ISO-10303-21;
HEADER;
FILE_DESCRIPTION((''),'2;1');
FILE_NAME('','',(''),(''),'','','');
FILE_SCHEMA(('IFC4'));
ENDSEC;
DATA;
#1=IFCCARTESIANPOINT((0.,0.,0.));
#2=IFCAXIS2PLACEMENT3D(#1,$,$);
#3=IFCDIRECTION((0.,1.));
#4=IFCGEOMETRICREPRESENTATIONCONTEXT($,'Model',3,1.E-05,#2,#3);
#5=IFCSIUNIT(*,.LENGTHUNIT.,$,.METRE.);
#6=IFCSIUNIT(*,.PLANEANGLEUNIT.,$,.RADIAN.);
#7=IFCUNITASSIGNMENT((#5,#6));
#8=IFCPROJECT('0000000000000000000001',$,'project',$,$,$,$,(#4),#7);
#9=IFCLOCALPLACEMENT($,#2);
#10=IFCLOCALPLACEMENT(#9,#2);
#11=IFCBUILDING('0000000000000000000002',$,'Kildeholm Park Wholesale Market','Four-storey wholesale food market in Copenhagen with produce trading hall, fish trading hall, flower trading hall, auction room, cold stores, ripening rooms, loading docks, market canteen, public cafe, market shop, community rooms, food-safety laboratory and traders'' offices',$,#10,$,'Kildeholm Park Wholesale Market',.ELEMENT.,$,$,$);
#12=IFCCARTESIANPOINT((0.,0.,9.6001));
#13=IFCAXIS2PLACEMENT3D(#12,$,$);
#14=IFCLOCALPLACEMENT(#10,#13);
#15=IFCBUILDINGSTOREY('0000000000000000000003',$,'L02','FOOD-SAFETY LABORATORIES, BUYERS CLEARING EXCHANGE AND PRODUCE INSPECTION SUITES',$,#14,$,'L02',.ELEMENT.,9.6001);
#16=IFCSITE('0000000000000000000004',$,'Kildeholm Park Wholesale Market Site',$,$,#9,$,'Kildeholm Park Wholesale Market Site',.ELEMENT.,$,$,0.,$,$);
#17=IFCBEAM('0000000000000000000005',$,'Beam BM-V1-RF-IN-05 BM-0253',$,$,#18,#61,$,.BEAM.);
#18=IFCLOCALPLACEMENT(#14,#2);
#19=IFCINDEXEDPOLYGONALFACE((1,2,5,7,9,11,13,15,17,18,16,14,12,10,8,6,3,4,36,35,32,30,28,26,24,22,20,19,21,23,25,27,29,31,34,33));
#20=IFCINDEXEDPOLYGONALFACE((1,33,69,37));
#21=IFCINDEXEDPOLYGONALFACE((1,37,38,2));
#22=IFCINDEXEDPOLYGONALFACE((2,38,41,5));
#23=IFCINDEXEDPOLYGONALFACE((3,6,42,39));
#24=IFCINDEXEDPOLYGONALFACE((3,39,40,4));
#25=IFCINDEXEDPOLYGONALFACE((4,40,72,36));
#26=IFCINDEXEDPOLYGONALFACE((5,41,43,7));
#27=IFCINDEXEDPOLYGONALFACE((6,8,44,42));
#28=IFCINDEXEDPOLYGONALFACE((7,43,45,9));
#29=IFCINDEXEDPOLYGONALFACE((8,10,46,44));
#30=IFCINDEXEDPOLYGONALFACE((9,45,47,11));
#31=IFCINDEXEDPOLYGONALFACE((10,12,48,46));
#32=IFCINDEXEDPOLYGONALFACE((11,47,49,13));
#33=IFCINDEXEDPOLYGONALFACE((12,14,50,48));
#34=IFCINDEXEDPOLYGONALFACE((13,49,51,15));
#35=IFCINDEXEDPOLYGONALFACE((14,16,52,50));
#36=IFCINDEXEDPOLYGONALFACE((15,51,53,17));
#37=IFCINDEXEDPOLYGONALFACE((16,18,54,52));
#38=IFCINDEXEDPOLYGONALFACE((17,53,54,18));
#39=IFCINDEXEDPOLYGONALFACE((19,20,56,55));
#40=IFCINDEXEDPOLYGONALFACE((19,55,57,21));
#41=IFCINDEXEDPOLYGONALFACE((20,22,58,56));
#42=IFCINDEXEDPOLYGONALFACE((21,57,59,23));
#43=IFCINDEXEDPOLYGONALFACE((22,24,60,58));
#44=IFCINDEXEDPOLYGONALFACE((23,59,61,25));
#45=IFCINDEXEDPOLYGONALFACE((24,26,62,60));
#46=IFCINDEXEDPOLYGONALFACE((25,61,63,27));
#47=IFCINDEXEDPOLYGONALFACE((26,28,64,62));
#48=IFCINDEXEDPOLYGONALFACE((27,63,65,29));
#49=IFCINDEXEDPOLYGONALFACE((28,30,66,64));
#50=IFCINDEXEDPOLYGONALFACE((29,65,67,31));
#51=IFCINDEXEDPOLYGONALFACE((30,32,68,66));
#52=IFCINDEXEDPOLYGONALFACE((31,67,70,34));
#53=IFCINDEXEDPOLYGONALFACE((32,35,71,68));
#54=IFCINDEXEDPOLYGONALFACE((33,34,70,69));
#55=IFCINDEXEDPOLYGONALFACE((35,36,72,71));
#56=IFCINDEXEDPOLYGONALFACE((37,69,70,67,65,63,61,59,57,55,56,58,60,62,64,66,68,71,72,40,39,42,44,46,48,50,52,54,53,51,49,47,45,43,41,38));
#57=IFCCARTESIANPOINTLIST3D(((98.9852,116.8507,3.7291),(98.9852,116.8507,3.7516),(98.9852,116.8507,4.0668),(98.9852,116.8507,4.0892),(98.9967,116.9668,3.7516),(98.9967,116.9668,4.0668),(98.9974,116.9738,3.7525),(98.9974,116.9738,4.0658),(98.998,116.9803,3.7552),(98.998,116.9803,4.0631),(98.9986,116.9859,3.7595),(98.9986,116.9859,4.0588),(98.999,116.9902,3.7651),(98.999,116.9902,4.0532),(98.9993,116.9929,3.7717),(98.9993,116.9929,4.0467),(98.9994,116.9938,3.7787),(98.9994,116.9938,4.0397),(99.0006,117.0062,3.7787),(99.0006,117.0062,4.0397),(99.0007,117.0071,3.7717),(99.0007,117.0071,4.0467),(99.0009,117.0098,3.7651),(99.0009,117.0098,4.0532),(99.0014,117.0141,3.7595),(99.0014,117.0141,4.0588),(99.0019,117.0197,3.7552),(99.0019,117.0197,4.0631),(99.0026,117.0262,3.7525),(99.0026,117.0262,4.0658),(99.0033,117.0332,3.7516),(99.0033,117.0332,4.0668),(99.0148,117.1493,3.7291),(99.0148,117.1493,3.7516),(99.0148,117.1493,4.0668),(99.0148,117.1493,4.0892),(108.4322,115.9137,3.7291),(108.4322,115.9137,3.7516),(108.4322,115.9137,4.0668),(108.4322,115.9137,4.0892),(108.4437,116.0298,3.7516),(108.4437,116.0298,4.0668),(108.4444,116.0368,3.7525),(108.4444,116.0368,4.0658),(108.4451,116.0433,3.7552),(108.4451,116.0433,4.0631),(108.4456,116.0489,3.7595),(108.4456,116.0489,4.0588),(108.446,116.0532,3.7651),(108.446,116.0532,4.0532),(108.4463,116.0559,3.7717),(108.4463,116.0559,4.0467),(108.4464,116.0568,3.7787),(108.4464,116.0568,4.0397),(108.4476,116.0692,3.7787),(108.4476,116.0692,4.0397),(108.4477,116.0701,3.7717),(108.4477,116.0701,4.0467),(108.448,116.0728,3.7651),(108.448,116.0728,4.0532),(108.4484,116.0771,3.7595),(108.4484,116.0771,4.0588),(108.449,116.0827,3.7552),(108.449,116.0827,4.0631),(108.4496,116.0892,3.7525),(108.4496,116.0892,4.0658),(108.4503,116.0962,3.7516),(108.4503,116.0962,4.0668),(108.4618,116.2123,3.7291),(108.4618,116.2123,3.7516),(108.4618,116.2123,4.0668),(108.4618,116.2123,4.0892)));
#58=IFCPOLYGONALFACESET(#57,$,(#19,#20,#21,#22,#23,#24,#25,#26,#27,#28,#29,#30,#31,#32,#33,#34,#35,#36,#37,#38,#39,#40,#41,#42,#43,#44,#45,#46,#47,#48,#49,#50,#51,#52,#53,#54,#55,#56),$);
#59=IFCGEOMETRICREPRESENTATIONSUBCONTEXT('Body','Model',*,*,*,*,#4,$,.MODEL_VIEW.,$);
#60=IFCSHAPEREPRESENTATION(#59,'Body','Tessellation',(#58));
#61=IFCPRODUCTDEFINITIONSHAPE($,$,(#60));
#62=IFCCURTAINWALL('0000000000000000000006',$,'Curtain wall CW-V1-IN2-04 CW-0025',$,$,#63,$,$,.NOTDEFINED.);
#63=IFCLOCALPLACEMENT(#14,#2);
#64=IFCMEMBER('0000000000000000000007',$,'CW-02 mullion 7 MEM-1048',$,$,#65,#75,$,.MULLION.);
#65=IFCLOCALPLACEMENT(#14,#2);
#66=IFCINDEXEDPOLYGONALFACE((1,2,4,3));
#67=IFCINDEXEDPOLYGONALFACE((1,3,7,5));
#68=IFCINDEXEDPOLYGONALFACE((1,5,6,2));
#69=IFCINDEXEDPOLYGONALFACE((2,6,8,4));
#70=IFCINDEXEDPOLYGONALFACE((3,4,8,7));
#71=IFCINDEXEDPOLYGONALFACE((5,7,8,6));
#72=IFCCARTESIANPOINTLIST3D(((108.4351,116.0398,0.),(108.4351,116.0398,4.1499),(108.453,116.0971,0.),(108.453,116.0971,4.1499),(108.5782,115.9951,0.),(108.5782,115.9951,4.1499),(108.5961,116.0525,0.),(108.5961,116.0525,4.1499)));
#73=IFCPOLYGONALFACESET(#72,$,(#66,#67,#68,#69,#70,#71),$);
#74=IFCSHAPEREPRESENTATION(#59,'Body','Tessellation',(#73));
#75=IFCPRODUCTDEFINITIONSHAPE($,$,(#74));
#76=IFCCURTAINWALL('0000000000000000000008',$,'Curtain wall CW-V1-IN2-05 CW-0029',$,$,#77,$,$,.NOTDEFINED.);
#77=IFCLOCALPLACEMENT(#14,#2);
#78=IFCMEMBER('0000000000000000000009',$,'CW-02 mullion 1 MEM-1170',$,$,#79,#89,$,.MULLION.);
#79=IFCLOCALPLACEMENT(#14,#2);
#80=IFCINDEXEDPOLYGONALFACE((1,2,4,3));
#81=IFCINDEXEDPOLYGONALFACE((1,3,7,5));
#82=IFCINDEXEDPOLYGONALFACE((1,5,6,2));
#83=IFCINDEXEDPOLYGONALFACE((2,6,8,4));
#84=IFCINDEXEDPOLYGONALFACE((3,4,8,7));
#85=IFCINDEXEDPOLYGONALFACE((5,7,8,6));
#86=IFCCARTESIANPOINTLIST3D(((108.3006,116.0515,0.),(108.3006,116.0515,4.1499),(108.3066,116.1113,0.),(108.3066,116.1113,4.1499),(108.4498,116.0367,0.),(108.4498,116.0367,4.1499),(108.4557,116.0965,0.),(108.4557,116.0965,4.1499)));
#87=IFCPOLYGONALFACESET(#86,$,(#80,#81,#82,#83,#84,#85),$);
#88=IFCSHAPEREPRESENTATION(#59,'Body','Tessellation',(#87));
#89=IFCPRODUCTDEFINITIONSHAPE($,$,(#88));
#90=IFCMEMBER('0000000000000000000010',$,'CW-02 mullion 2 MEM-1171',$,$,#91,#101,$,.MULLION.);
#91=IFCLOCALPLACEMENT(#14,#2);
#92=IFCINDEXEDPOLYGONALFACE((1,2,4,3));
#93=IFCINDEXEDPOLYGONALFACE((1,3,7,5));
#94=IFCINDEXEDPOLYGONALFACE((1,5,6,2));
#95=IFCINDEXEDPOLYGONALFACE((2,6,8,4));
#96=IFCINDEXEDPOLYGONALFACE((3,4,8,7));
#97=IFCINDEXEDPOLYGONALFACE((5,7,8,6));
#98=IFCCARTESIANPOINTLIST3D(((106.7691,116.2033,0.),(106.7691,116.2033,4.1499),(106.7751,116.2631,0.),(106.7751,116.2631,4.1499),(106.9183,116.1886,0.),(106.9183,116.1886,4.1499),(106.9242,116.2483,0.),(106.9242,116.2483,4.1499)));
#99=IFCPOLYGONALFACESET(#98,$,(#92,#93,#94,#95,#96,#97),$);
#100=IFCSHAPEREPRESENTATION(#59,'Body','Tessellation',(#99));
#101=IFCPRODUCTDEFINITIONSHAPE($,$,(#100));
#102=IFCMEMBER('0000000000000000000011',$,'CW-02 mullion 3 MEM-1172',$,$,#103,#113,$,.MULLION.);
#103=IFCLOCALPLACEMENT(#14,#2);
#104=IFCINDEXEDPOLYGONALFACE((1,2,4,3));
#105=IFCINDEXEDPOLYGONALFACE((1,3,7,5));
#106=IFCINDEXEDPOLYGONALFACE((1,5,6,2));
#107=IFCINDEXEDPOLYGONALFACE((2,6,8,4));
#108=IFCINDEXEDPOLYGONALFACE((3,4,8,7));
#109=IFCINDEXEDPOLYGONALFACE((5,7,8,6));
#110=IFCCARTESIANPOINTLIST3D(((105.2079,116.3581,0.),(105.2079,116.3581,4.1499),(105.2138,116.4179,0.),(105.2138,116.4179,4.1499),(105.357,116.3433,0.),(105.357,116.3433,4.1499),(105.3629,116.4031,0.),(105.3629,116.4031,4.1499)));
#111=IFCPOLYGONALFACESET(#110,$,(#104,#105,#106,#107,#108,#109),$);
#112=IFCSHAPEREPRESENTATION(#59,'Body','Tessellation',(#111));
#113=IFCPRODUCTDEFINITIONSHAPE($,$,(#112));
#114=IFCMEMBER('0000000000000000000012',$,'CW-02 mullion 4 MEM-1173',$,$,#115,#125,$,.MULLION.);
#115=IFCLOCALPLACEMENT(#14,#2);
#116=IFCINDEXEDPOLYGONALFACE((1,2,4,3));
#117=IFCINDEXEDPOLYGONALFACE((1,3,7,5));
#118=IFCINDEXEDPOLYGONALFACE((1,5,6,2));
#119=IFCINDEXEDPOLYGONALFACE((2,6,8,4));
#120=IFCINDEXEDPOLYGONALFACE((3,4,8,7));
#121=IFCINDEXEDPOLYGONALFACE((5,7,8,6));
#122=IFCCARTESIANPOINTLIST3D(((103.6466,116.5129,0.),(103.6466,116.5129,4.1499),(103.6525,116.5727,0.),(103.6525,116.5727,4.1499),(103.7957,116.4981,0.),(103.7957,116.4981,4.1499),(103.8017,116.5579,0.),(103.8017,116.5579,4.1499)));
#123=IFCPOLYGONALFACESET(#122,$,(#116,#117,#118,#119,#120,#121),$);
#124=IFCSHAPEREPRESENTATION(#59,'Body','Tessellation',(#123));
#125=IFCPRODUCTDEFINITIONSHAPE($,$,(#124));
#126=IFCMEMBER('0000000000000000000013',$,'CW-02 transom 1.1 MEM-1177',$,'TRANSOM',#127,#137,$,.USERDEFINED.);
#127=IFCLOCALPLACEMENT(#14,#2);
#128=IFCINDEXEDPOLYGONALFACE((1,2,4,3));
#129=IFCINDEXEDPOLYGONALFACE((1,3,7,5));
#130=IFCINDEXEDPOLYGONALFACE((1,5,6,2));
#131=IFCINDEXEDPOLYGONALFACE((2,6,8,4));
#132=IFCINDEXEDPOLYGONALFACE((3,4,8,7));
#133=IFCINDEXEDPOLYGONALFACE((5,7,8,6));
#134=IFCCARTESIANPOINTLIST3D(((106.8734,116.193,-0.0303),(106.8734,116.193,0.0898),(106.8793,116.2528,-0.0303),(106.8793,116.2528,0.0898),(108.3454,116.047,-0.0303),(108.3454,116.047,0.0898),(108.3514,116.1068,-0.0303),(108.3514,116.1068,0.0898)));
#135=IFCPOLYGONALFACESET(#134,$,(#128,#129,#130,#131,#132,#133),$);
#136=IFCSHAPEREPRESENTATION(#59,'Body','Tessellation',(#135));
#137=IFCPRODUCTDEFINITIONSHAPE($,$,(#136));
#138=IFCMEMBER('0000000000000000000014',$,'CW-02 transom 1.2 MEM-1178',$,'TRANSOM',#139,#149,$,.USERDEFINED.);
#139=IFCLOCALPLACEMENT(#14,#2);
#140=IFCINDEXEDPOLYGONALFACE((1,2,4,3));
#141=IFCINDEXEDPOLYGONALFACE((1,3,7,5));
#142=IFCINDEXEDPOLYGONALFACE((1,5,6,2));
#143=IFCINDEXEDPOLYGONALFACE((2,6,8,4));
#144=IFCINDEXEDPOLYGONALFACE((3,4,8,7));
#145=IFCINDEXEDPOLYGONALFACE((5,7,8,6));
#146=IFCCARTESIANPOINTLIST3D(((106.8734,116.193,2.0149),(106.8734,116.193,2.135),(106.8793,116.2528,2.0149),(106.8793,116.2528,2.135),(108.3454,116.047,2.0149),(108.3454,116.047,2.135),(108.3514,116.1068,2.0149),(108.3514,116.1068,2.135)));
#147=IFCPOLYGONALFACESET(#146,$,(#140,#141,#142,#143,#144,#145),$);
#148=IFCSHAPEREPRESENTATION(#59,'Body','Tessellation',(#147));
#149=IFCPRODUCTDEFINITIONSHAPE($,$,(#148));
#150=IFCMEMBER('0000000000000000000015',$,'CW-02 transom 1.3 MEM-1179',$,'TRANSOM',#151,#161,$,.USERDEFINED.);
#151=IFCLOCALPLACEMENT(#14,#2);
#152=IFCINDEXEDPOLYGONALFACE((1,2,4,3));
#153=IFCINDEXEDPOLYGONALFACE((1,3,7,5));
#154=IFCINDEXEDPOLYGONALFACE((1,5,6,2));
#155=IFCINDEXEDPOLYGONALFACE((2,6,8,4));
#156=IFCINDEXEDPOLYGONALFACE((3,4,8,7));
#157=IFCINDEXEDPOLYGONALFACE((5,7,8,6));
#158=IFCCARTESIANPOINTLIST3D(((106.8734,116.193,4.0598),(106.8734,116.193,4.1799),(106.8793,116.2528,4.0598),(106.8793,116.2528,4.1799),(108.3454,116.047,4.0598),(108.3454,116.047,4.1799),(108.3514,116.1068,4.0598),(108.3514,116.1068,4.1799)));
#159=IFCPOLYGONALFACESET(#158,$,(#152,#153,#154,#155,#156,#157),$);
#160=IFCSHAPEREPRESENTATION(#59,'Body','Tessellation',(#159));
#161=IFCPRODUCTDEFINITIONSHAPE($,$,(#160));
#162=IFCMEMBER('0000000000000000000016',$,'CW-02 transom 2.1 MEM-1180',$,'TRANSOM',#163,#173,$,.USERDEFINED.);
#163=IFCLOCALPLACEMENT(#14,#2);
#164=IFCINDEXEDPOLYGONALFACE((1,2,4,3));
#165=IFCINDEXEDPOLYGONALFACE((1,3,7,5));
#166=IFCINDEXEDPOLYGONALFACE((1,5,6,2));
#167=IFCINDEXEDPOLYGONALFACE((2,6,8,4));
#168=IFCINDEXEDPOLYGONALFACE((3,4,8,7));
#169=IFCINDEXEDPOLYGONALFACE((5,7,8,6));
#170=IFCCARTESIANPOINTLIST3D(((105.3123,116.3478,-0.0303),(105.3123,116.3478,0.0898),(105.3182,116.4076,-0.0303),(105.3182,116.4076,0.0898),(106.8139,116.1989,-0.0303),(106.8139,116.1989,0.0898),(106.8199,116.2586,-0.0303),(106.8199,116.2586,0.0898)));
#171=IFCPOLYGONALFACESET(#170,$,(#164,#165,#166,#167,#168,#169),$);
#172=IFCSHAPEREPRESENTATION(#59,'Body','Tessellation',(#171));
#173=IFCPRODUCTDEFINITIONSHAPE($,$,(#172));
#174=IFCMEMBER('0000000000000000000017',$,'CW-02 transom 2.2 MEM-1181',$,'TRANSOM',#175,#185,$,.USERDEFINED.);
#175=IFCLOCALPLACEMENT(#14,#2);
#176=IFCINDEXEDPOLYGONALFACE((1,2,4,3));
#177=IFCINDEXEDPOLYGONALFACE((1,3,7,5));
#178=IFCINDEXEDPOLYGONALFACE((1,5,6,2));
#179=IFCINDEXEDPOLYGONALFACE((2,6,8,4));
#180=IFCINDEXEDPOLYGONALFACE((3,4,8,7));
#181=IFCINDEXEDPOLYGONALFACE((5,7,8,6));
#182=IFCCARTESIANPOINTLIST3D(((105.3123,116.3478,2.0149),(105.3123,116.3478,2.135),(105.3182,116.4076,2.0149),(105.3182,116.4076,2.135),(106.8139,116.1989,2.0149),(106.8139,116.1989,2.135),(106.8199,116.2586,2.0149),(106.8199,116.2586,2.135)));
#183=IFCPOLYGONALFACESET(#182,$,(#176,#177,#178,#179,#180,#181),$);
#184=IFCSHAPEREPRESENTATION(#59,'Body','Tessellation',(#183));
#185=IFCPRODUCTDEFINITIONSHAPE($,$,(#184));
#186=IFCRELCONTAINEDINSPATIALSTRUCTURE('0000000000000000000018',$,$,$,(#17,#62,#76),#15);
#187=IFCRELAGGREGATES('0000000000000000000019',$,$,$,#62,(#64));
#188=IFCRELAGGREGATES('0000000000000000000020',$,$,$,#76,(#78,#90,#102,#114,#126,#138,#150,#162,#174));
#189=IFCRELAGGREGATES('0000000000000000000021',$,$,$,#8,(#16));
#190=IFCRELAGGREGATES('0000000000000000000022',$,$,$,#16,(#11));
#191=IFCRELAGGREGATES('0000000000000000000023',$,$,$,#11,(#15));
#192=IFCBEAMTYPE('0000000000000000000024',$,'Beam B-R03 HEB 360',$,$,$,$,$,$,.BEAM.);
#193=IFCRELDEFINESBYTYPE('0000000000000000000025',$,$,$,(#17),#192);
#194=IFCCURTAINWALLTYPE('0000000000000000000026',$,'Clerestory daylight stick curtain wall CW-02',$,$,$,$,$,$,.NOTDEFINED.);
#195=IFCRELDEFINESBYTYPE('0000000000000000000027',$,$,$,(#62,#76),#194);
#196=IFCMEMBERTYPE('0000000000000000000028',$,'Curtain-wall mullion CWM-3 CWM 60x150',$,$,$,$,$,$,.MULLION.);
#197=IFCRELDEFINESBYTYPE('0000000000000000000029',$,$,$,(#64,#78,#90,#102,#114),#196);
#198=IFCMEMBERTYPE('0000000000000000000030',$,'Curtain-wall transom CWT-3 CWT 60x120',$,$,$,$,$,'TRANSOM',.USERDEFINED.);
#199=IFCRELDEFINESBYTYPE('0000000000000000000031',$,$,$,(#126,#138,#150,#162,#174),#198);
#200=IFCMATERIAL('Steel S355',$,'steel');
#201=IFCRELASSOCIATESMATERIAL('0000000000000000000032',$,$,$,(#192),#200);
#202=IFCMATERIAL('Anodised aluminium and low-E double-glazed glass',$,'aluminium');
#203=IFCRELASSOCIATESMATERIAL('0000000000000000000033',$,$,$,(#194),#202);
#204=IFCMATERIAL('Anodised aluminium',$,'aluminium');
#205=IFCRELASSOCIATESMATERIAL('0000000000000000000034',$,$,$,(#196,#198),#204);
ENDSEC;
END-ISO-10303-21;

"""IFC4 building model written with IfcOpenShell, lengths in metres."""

from ifc_helpers import new_model, si_unit, direction, frame, origin, origin_2d, place, context, subcontext, project, spatial, rectangle, i_section, extrude, material, material_profile, profile_set, type_object, element, aggregate, save


model = new_model("IFC4")

# Units and contexts
model_context = context("Model", 3, precision=1e-05, world=origin(), true_north=direction((0.0, 1.0)))
body_context = subcontext(model_context, "Body", "Model", "MODEL_VIEW")
ifc_project = project(units=[si_unit("LENGTHUNIT", "METRE"), si_unit("PLANEANGLEUNIT", "RADIAN")], contexts=[model_context])

# Site, building, storey
site_placement = place(None, origin())
site = spatial("IfcSite", under=ifc_project, at=site_placement, Name="Kildeholm Park Wholesale Market Site", LongName="Kildeholm Park Wholesale Market Site", CompositionType="ELEMENT", RefElevation=0.0)
building_placement = place(site_placement, origin())
building = spatial("IfcBuilding", under=site, at=building_placement, Name="Kildeholm Park Wholesale Market", Description="Four-storey wholesale food market in Copenhagen with produce trading hall, fish trading hall, flower trading hall, auction room, cold stores, ripening rooms, loading docks, market canteen, public cafe, market shop, community rooms, food-safety laboratory and traders' offices", LongName="Kildeholm Park Wholesale Market", CompositionType="ELEMENT")
storey_placement = place(building_placement, frame((0.0, 0.0, 9.6001)))
storey = spatial("IfcBuildingStorey", under=building, at=storey_placement, Name="L02", Description="FOOD-SAFETY LABORATORIES, BUYERS CLEARING EXCHANGE AND PRODUCE INSPECTION SUITES", LongName="L02", CompositionType="ELEMENT", Elevation=9.6001)

# Shared definitions
ifc_material_1 = material(Name="Steel S355", Category="steel")

# Beam
ifc_material_profile_1 = material_profile(ifc_material_1, i_section(OverallWidth=0.3, OverallDepth=0.3601, WebThickness=0.0125, FlangeThickness=0.0225, FilletRadius=0.0271, at=origin_2d()), Name="HEB 360")
ifc_profile_set_1 = profile_set([ifc_material_profile_1], Name="Steel S355")
beam_type_1 = type_object("IfcBeamType", Name="Beam B-R03 HEB 360", PredefinedType="BEAM", material=ifc_profile_set_1)
beam_1_placement = place(storey_placement, frame((108.447, 116.063, 3.9092), z_axis=(-0.995117, 0.098702, 0.0), x_axis=(-0.098702, -0.995117, 0.0)))
element("IfcBeam", 1, at=beam_1_placement, inside=storey, type_object=beam_type_1, Name="Beam BM-V1-RF-IN-05 BM-0253", PredefinedType="BEAM", context=body_context, shape_type="SweptSolid", body=[
    extrude(i_section(OverallWidth=0.3, OverallDepth=0.3601, WebThickness=0.0125, FlangeThickness=0.0225, FilletRadius=0.0271, at=origin_2d()), origin(), (0.0, 0.0, 1.0), 9.4934),
])

# Curtain wall, member
ifc_material_2 = material(Name="Anodised aluminium and low-E double-glazed glass", Category="aluminium")
curtain_wall_type = type_object("IfcCurtainWallType", Name="Clerestory daylight stick curtain wall CW-02", PredefinedType="NOTDEFINED", material=ifc_material_2)
curtain_wall_1_placement = place(storey_placement, origin())
curtain_wall_1 = element("IfcCurtainWall", 2, at=curtain_wall_1_placement, inside=storey, type_object=curtain_wall_type, Name="Curtain wall CW-V1-IN2-04 CW-0025", PredefinedType="NOTDEFINED")
ifc_material_3 = material(Name="Anodised aluminium", Category="aluminium")
ifc_material_profile_2 = material_profile(ifc_material_3, rectangle(XDim=0.0601, YDim=0.1499, at=origin_2d()), Name="CWM 60x150")
ifc_profile_set_2 = profile_set([ifc_material_profile_2], Name="Anodised aluminium")
member_type_1 = type_object("IfcMemberType", Name="Curtain-wall mullion CWM-3 CWM 60x150", PredefinedType="MULLION", material=ifc_profile_set_2)
member_1_placement = place(storey_placement, frame((108.5156, 116.0461, 0.0), z_axis=(0.0, 0.0, 1.0), x_axis=(-0.297957, -0.954579, 0.0)))
member_1 = element("IfcMember", 3, at=member_1_placement, type_object=member_type_1, Name="CW-02 mullion 7 MEM-1048", PredefinedType="MULLION", context=body_context, shape_type="SweptSolid", body=[
    extrude(rectangle(XDim=0.0601, YDim=0.1499, at=origin_2d()), origin(), (0.0, 0.0, 1.0), 4.1499),
])

# Curtain wall, members
curtain_wall_2_placement = place(storey_placement, origin())
curtain_wall_2 = element("IfcCurtainWall", 4, at=curtain_wall_2_placement, inside=storey, type_object=curtain_wall_type, Name="Curtain wall CW-V1-IN2-05 CW-0029", PredefinedType="NOTDEFINED")
member_2_placement = place(storey_placement, frame((108.3782, 116.074, 0.0), z_axis=(0.0, 0.0, 1.0), x_axis=(-0.098683, -0.995119, 0.0)))
member_2 = element("IfcMember", 5, at=member_2_placement, type_object=member_type_1, Name="CW-02 mullion 1 MEM-1170", PredefinedType="MULLION", context=body_context, shape_type="SweptSolid", body=[
    extrude(rectangle(XDim=0.0601, YDim=0.1499, at=origin_2d()), origin(), (0.0, 0.0, 1.0), 4.1499),
])
member_3_placement = place(storey_placement, frame((106.8467, 116.2258, 0.0), z_axis=(0.0, 0.0, 1.0), x_axis=(-0.098683, -0.995119, 0.0)))
member_3 = element("IfcMember", 6, at=member_3_placement, type_object=member_type_1, Name="CW-02 mullion 2 MEM-1171", PredefinedType="MULLION", context=body_context, shape_type="SweptSolid", body=[
    extrude(rectangle(XDim=0.0601, YDim=0.1499, at=origin_2d()), origin(), (0.0, 0.0, 1.0), 4.1499),
])
member_4_placement = place(storey_placement, frame((105.2854, 116.3806, 0.0), z_axis=(0.0, 0.0, 1.0), x_axis=(-0.098683, -0.995119, 0.0)))
member_4 = element("IfcMember", 7, at=member_4_placement, type_object=member_type_1, Name="CW-02 mullion 3 MEM-1172", PredefinedType="MULLION", context=body_context, shape_type="SweptSolid", body=[
    extrude(rectangle(XDim=0.0601, YDim=0.1499, at=origin_2d()), origin(), (0.0, 0.0, 1.0), 4.1499),
])
member_5_placement = place(storey_placement, frame((103.7241, 116.5354, 0.0), z_axis=(0.0, 0.0, 1.0), x_axis=(-0.098683, -0.995119, 0.0)))
member_5 = element("IfcMember", 8, at=member_5_placement, type_object=member_type_1, Name="CW-02 mullion 4 MEM-1173", PredefinedType="MULLION", context=body_context, shape_type="SweptSolid", body=[
    extrude(rectangle(XDim=0.0601, YDim=0.1499, at=origin_2d()), origin(), (0.0, 0.0, 1.0), 4.1499),
])
ifc_material_profile_3 = material_profile(ifc_material_3, rectangle(XDim=0.0601, YDim=0.1201, at=origin_2d()), Name="CWT 60x120")
ifc_profile_set_3 = profile_set([ifc_material_profile_3], Name="Anodised aluminium")
member_type_2 = type_object("IfcMemberType", Name="Curtain-wall transom CWT-3 CWT 60x120", ElementType="TRANSOM", PredefinedType="USERDEFINED", material=ifc_profile_set_3)
member_6_placement = place(storey_placement, frame((108.3484, 116.0769, 0.0298), z_axis=(-0.995117, 0.098703, 0.0), x_axis=(-0.098703, -0.995117, 0.0)))
member_6 = element("IfcMember", 9, at=member_6_placement, type_object=member_type_2, Name="CW-02 transom 1.1 MEM-1177", ObjectType="TRANSOM", PredefinedType="USERDEFINED", context=body_context, shape_type="SweptSolid", body=[
    extrude(rectangle(XDim=0.0601, YDim=0.1201, at=origin_2d()), origin(), (0.0, 0.0, 1.0), 1.4792),
])
member_7_placement = place(storey_placement, frame((108.3484, 116.0769, 2.075), z_axis=(-0.995117, 0.098703, 0.0), x_axis=(-0.098703, -0.995117, 0.0)))
member_7 = element("IfcMember", 10, at=member_7_placement, type_object=member_type_2, Name="CW-02 transom 1.2 MEM-1178", ObjectType="TRANSOM", PredefinedType="USERDEFINED", context=body_context, shape_type="SweptSolid", body=[
    extrude(rectangle(XDim=0.0601, YDim=0.1201, at=origin_2d()), origin(), (0.0, 0.0, 1.0), 1.4792),
])
member_8_placement = place(storey_placement, frame((108.3484, 116.0769, 4.1199), z_axis=(-0.995117, 0.098703, 0.0), x_axis=(-0.098703, -0.995117, 0.0)))
member_8 = element("IfcMember", 11, at=member_8_placement, type_object=member_type_2, Name="CW-02 transom 1.3 MEM-1179", ObjectType="TRANSOM", PredefinedType="USERDEFINED", context=body_context, shape_type="SweptSolid", body=[
    extrude(rectangle(XDim=0.0601, YDim=0.1201, at=origin_2d()), origin(), (0.0, 0.0, 1.0), 1.4792),
])
member_9_placement = place(storey_placement, frame((106.8169, 116.2288, 0.0298), z_axis=(-0.995119, 0.098687, 0.0), x_axis=(-0.098687, -0.995119, 0.0)))
member_9 = element("IfcMember", 12, at=member_9_placement, type_object=member_type_2, Name="CW-02 transom 2.1 MEM-1180", ObjectType="TRANSOM", PredefinedType="USERDEFINED", context=body_context, shape_type="SweptSolid", body=[
    extrude(rectangle(XDim=0.0601, YDim=0.1201, at=origin_2d()), origin(), (0.0, 0.0, 1.0), 1.509),
])
member_10_placement = place(storey_placement, frame((106.8169, 116.2288, 2.075), z_axis=(-0.995119, 0.098687, 0.0), x_axis=(-0.098687, -0.995119, 0.0)))
member_10 = element("IfcMember", 13, at=member_10_placement, type_object=member_type_2, Name="CW-02 transom 2.2 MEM-1181", ObjectType="TRANSOM", PredefinedType="USERDEFINED", context=body_context, shape_type="SweptSolid", body=[
    extrude(rectangle(XDim=0.0601, YDim=0.1201, at=origin_2d()), origin(), (0.0, 0.0, 1.0), 1.509),
])

aggregate(curtain_wall_1, [member_1])
aggregate(curtain_wall_2, [member_2, member_3, member_4, member_5, member_6, member_7, member_8, member_9, member_10])

save(model, "model.ifc")
